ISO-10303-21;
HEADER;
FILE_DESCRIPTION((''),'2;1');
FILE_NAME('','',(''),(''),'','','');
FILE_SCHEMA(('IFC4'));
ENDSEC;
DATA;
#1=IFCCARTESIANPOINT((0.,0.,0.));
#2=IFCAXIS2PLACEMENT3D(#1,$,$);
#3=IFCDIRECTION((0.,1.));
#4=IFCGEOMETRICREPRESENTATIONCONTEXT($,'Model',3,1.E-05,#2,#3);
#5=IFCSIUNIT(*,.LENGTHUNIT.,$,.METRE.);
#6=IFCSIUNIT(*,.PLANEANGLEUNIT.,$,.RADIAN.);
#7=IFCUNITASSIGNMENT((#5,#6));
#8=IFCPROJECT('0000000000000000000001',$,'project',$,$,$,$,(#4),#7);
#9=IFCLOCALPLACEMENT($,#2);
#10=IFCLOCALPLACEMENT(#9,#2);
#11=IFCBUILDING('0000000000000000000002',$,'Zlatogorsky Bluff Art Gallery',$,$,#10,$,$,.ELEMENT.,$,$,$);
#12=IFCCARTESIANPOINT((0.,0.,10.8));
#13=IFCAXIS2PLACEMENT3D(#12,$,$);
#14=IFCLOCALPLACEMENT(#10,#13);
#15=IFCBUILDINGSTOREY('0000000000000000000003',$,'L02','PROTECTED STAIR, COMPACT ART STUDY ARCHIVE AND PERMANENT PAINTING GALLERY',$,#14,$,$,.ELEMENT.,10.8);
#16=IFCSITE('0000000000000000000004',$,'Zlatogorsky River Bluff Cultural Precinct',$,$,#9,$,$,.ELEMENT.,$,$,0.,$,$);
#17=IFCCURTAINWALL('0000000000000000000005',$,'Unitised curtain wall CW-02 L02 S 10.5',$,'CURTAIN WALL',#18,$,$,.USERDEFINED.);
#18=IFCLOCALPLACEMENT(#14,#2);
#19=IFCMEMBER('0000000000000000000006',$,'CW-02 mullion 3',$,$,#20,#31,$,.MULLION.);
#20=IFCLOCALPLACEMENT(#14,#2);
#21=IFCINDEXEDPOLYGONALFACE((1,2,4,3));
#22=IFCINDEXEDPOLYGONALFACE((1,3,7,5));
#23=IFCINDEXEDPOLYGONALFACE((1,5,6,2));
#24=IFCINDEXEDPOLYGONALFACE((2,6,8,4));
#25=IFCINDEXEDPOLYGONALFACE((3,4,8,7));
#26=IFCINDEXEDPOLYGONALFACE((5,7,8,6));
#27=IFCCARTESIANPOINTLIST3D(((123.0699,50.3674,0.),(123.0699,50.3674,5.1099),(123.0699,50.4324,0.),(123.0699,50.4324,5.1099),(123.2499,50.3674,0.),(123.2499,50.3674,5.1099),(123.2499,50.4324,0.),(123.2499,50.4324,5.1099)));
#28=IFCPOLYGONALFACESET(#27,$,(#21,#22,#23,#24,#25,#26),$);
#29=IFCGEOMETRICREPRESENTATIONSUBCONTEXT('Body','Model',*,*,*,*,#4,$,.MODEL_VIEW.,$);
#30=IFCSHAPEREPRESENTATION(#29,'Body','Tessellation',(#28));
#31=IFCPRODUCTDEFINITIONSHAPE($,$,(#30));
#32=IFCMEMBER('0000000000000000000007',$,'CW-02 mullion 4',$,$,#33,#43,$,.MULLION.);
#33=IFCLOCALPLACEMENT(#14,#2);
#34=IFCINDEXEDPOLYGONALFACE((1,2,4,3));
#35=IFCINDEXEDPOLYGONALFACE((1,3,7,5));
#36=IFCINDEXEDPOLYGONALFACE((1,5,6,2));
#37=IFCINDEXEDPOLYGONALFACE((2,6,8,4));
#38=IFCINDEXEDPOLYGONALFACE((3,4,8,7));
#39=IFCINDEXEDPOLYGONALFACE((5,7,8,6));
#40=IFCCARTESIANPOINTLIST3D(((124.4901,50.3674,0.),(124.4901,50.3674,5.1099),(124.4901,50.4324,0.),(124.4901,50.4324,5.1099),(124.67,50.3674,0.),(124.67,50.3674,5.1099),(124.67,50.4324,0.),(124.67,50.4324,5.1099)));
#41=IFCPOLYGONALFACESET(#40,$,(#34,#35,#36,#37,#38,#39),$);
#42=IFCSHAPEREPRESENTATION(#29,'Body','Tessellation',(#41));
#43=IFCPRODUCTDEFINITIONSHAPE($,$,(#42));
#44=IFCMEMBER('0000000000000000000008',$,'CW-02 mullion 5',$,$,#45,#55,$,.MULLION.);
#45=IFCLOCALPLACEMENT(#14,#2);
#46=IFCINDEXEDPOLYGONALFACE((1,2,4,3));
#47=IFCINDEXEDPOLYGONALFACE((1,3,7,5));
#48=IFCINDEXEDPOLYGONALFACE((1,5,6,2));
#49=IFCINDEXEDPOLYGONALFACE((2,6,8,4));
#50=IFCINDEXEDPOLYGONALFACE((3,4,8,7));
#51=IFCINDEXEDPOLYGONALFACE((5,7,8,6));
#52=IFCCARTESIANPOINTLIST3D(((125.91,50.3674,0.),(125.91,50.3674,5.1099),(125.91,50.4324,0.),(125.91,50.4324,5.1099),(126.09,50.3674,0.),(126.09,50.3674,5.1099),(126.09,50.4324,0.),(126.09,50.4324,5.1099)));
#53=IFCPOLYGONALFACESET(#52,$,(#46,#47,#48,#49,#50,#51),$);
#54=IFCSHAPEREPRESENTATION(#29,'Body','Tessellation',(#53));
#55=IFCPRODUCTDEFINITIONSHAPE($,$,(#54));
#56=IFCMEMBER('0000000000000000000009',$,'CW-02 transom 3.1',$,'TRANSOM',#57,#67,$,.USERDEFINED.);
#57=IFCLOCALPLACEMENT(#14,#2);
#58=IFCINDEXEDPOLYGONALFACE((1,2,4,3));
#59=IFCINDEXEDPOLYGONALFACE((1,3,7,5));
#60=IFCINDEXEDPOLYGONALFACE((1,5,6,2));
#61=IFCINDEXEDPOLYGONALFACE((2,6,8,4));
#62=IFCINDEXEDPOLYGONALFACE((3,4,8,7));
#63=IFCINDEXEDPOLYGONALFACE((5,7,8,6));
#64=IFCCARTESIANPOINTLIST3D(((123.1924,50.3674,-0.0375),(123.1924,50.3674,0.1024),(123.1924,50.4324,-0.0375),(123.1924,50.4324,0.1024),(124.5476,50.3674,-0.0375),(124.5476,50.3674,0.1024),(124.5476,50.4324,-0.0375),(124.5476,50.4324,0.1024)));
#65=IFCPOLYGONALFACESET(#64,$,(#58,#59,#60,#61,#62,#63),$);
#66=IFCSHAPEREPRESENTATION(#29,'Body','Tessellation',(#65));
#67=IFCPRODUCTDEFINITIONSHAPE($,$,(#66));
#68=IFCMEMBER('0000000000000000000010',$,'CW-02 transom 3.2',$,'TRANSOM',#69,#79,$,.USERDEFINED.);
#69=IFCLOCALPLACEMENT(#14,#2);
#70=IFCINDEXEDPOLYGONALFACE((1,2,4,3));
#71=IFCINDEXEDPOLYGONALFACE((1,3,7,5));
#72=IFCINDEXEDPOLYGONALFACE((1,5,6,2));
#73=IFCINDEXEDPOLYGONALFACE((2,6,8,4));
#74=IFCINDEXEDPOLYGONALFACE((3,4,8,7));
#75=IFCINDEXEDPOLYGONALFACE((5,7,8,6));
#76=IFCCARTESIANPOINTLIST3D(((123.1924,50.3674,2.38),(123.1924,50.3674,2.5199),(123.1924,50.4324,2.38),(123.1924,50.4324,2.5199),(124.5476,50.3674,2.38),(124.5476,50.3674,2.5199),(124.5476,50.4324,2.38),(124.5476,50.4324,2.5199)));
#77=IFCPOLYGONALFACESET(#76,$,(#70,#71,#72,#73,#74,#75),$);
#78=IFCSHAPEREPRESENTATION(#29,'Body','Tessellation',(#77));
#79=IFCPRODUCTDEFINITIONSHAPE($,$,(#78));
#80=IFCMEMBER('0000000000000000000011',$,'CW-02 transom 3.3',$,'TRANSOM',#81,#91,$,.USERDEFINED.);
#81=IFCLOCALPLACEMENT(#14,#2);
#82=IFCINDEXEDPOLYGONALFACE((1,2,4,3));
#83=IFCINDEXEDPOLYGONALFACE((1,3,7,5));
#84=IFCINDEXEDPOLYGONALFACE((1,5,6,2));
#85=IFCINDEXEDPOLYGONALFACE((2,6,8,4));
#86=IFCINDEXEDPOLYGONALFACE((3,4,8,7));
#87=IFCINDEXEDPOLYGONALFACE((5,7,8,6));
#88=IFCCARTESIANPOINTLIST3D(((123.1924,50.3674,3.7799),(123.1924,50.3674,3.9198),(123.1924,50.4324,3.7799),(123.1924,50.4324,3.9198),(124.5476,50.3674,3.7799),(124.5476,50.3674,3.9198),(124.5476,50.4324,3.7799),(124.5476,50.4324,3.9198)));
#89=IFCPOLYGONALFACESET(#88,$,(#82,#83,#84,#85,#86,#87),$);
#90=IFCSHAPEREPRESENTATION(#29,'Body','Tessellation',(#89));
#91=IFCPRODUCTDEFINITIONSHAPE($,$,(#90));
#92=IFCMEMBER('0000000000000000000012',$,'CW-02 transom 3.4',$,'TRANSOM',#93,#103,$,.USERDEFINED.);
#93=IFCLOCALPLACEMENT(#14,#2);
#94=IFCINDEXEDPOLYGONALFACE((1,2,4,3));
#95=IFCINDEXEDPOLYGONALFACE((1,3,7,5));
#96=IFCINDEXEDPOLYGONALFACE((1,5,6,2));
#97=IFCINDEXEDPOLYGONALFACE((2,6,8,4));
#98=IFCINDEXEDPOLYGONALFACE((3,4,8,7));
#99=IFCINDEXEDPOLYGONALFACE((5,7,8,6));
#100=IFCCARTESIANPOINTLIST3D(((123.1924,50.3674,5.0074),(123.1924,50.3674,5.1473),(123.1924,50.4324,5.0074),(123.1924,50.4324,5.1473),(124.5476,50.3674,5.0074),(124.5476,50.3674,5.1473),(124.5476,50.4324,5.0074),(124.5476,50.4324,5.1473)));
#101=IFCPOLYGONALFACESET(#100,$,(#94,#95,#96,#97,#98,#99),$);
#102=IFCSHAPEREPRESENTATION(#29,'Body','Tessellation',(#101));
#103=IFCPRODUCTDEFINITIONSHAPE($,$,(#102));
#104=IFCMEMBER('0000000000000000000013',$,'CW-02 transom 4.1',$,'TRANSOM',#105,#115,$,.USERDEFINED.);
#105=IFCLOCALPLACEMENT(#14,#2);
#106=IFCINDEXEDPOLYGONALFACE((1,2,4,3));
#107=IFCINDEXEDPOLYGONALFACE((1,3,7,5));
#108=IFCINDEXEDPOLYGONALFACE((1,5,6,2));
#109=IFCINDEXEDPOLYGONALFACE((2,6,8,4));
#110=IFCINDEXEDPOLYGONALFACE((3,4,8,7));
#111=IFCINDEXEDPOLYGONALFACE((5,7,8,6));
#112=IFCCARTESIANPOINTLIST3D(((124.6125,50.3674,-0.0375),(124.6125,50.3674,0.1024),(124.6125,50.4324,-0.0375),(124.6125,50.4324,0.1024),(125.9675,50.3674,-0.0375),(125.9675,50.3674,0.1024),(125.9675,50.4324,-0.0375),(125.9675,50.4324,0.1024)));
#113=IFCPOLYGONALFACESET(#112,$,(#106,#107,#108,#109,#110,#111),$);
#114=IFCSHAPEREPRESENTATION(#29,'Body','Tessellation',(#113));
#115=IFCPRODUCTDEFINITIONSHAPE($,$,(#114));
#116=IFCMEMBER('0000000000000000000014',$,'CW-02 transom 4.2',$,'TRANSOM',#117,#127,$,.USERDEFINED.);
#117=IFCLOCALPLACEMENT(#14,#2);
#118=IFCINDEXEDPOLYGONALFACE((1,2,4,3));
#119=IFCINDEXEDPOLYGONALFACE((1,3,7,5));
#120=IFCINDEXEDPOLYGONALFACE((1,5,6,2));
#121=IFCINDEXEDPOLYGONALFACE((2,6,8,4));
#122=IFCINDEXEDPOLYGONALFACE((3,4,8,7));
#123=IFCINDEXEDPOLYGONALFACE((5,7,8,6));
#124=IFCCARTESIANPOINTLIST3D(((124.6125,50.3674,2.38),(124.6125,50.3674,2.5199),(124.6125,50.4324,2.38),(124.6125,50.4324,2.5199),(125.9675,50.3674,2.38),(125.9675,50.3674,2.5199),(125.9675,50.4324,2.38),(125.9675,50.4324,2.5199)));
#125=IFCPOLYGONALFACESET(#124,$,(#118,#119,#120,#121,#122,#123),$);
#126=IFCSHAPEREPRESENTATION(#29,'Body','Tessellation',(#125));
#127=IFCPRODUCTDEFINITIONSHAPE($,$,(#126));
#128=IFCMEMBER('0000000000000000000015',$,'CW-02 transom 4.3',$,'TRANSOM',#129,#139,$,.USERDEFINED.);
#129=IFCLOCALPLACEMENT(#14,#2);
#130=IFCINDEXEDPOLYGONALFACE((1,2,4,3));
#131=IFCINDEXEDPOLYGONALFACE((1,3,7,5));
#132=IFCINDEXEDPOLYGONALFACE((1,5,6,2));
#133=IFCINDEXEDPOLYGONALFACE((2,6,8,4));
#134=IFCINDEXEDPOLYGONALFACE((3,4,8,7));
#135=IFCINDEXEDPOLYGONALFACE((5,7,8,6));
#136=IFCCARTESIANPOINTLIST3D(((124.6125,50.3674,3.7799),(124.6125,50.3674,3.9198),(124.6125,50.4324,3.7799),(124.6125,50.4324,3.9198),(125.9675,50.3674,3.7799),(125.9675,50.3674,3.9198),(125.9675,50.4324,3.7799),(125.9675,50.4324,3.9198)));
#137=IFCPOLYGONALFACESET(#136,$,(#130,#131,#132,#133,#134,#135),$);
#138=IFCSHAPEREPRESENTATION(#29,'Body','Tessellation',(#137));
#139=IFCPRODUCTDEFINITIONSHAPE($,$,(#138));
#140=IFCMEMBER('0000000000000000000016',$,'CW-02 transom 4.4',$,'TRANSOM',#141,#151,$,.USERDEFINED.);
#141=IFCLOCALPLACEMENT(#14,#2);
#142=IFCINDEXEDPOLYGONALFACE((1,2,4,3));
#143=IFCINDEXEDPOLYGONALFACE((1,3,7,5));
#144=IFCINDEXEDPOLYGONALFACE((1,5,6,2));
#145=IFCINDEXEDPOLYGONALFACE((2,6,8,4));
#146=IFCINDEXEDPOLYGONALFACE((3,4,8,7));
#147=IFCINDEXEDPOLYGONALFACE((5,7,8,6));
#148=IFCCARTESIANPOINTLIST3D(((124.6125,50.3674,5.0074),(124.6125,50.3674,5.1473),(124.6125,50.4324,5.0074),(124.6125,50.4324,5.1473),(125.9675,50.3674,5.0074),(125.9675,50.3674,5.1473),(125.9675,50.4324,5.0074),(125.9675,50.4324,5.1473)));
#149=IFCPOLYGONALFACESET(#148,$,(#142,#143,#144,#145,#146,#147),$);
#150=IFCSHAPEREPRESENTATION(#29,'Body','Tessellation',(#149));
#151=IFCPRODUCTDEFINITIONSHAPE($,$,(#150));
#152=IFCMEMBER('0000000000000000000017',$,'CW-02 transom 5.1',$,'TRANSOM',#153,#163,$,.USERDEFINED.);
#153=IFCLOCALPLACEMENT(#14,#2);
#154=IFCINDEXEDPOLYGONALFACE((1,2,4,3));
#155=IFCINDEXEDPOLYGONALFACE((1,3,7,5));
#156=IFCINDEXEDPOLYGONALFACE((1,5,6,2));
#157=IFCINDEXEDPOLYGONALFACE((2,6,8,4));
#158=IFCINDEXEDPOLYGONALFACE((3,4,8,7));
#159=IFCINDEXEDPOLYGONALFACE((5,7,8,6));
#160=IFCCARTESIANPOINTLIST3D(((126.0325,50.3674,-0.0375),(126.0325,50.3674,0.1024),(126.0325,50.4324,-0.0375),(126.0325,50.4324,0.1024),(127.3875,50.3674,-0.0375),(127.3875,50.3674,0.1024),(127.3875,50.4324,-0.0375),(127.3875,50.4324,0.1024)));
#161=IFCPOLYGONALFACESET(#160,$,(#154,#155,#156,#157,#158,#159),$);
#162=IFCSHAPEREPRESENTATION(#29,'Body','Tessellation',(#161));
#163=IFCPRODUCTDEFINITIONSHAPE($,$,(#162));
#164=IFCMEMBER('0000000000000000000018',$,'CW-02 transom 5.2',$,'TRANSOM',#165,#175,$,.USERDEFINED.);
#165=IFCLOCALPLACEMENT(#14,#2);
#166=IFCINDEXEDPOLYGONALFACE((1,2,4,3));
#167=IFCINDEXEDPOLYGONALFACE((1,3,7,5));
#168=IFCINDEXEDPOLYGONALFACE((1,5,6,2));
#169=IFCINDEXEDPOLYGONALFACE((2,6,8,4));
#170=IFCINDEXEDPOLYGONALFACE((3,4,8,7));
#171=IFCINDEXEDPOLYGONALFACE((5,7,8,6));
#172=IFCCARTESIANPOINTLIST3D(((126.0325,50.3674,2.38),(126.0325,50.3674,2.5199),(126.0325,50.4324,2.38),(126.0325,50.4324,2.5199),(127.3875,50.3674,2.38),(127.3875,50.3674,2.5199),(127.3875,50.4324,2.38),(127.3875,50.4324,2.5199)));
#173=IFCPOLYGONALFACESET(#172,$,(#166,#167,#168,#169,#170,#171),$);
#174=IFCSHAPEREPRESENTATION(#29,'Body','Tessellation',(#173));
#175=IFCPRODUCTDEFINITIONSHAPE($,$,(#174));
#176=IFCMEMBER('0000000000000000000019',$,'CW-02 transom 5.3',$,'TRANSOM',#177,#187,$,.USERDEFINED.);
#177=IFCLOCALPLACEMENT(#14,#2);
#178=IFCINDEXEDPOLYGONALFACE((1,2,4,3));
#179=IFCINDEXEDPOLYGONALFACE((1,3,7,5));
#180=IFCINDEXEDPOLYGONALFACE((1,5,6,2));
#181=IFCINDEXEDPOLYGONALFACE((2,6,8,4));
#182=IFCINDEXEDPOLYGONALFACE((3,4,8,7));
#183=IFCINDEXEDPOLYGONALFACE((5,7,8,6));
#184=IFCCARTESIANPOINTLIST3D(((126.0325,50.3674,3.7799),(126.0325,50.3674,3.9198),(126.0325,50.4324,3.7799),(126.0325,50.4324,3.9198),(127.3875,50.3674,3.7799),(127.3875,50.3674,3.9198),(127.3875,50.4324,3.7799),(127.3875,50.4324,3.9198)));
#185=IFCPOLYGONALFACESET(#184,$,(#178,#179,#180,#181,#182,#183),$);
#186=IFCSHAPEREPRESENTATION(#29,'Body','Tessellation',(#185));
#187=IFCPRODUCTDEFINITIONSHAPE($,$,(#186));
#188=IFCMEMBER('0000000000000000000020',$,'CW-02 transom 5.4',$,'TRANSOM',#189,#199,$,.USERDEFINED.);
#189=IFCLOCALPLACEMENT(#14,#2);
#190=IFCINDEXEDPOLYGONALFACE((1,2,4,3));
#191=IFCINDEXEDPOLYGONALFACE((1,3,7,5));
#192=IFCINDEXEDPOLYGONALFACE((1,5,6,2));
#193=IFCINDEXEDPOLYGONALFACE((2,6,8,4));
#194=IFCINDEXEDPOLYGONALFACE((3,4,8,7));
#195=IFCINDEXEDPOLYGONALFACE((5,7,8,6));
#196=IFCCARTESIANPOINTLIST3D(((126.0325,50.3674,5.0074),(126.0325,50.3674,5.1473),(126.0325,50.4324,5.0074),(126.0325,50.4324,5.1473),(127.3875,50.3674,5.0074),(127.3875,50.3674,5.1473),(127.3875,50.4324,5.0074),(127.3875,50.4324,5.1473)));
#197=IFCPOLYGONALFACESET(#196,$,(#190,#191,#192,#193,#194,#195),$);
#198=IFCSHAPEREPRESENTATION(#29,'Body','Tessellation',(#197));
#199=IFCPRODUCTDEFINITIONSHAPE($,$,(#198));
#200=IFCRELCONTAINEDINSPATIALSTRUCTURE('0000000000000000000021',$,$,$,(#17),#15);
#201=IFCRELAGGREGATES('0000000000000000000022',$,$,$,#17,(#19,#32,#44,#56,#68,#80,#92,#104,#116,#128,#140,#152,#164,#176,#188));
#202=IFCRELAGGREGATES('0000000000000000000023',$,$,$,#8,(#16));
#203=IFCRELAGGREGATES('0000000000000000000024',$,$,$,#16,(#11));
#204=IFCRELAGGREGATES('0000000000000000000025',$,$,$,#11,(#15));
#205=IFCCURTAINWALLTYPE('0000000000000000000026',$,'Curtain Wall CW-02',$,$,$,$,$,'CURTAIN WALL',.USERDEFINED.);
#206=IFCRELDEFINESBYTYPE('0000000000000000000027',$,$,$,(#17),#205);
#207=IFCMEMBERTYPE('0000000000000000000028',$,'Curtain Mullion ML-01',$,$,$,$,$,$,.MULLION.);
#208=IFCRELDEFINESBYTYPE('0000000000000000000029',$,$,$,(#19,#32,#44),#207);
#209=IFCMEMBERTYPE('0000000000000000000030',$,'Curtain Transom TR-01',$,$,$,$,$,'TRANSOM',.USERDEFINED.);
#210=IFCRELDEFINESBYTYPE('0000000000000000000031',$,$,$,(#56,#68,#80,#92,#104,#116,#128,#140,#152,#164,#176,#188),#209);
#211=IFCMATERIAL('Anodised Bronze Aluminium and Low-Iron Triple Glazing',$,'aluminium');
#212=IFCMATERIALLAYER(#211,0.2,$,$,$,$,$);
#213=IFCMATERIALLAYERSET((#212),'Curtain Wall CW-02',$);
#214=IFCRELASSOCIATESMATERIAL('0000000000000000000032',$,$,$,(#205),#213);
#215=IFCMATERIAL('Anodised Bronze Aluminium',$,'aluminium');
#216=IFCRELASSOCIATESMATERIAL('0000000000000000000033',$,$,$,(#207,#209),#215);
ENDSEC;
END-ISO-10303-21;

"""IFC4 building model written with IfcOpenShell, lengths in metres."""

from ifc_helpers import new_model, si_unit, direction, frame, origin, origin_2d, place, context, subcontext, project, spatial, rectangle, extrude, material, layer, layer_set, material_profile, profile_set, type_object, element, aggregate, save


model = new_model("IFC4")

# Units and contexts
model_context = context("Model", 3, precision=1e-05, world=origin(), true_north=direction((0.0, 1.0)))
body_context = subcontext(model_context, "Body", "Model", "MODEL_VIEW")
ifc_project = project(units=[si_unit("LENGTHUNIT", "METRE"), si_unit("PLANEANGLEUNIT", "RADIAN")], contexts=[model_context])

# Site, building, storey
site_placement = place(None, origin())
site = spatial("IfcSite", under=ifc_project, at=site_placement, Name="Zlatogorsky River Bluff Cultural Precinct", CompositionType="ELEMENT", RefElevation=0.0)
building_placement = place(site_placement, origin())
building = spatial("IfcBuilding", under=site, at=building_placement, Name="Zlatogorsky Bluff Art Gallery", CompositionType="ELEMENT")
storey_placement = place(building_placement, frame((0.0, 0.0, 10.8)))
storey = spatial("IfcBuildingStorey", under=building, at=storey_placement, Name="L02", Description="PROTECTED STAIR, COMPACT ART STUDY ARCHIVE AND PERMANENT PAINTING GALLERY", CompositionType="ELEMENT", Elevation=10.8)

# Curtain wall, members
ifc_material_1 = material(Name="Anodised Bronze Aluminium and Low-Iron Triple Glazing", Category="aluminium")
ifc_layer_1 = layer(ifc_material_1, 0.2)
ifc_layer_set_1 = layer_set([ifc_layer_1], Name="Curtain Wall CW-02")
curtain_wall_type = type_object("IfcCurtainWallType", Name="Curtain Wall CW-02", ElementType="CURTAIN WALL", PredefinedType="USERDEFINED", material=ifc_layer_set_1)
curtain_wall_placement = place(storey_placement, origin())
curtain_wall = element("IfcCurtainWall", 1, at=curtain_wall_placement, inside=storey, type_object=curtain_wall_type, Name="Unitised curtain wall CW-02 L02 S 10.5", ObjectType="CURTAIN WALL", PredefinedType="USERDEFINED")
ifc_material_2 = material(Name="Anodised Bronze Aluminium", Category="aluminium")
ifc_material_profile_1 = material_profile(ifc_material_2, rectangle(XDim=0.0649, YDim=0.1799, at=origin_2d()), Name="ALU MULLION 65x180")
ifc_profile_set_1 = profile_set([ifc_material_profile_1], Name="Anodised Bronze Aluminium")
member_type_1 = type_object("IfcMemberType", Name="Curtain Mullion ML-01", PredefinedType="MULLION", material=ifc_profile_set_1)
member_1_placement = place(storey_placement, frame((123.1599, 50.3999, 0.0), z_axis=(0.0, 0.0, 1.0), x_axis=(0.0, 1.0, 0.0)))
member_1 = element("IfcMember", 2, at=member_1_placement, type_object=member_type_1, Name="CW-02 mullion 3", PredefinedType="MULLION", context=body_context, shape_type="SweptSolid", body=[
    extrude(rectangle(XDim=0.0649, YDim=0.1799, at=origin_2d()), origin(), (0.0, 0.0, 1.0), 5.1099),
])
member_2_placement = place(storey_placement, frame((124.5801, 50.3999, 0.0), z_axis=(0.0, 0.0, 1.0), x_axis=(0.0, 1.0, 0.0)))
member_2 = element("IfcMember", 3, at=member_2_placement, type_object=member_type_1, Name="CW-02 mullion 4", PredefinedType="MULLION", context=body_context, shape_type="SweptSolid", body=[
    extrude(rectangle(XDim=0.0649, YDim=0.1799, at=origin_2d()), origin(), (0.0, 0.0, 1.0), 5.1099),
])
member_3_placement = place(storey_placement, frame((126.0, 50.3999, 0.0), z_axis=(0.0, 0.0, 1.0), x_axis=(0.0, 1.0, 0.0)))
member_3 = element("IfcMember", 4, at=member_3_placement, type_object=member_type_1, Name="CW-02 mullion 5", PredefinedType="MULLION", context=body_context, shape_type="SweptSolid", body=[
    extrude(rectangle(XDim=0.0649, YDim=0.1799, at=origin_2d()), origin(), (0.0, 0.0, 1.0), 5.1099),
])
ifc_material_profile_2 = material_profile(ifc_material_2, rectangle(XDim=0.0649, YDim=0.1399, at=origin_2d()), Name="ALU TRANSOM 65x140")
ifc_profile_set_2 = profile_set([ifc_material_profile_2], Name="Anodised Bronze Aluminium")
member_type_2 = type_object("IfcMemberType", Name="Curtain Transom TR-01", ElementType="TRANSOM", PredefinedType="USERDEFINED", material=ifc_profile_set_2)
member_4_placement = place(storey_placement, frame((123.1924, 50.3999, 0.0325), z_axis=(1.0, 0.0, 0.0), x_axis=(0.0, 1.0, 0.0)))
member_4 = element("IfcMember", 5, at=member_4_placement, type_object=member_type_2, Name="CW-02 transom 3.1", ObjectType="TRANSOM", PredefinedType="USERDEFINED", context=body_context, shape_type="SweptSolid", body=[
    extrude(rectangle(XDim=0.0649, YDim=0.1399, at=origin_2d()), origin(), (0.0, 0.0, 1.0), 1.3552),
])
member_5_placement = place(storey_placement, frame((123.1924, 50.3999, 2.45), z_axis=(1.0, 0.0, 0.0), x_axis=(0.0, 1.0, 0.0)))
member_5 = element("IfcMember", 6, at=member_5_placement, type_object=member_type_2, Name="CW-02 transom 3.2", ObjectType="TRANSOM", PredefinedType="USERDEFINED", context=body_context, shape_type="SweptSolid", body=[
    extrude(rectangle(XDim=0.0649, YDim=0.1399, at=origin_2d()), origin(), (0.0, 0.0, 1.0), 1.3552),
])
member_6_placement = place(storey_placement, frame((123.1924, 50.3999, 3.8499), z_axis=(1.0, 0.0, 0.0), x_axis=(0.0, 1.0, 0.0)))
member_6 = element("IfcMember", 7, at=member_6_placement, type_object=member_type_2, Name="CW-02 transom 3.3", ObjectType="TRANSOM", PredefinedType="USERDEFINED", context=body_context, shape_type="SweptSolid", body=[
    extrude(rectangle(XDim=0.0649, YDim=0.1399, at=origin_2d()), origin(), (0.0, 0.0, 1.0), 1.3552),
])
member_7_placement = place(storey_placement, frame((123.1924, 50.3999, 5.0774), z_axis=(1.0, 0.0, 0.0), x_axis=(0.0, 1.0, 0.0)))
member_7 = element("IfcMember", 8, at=member_7_placement, type_object=member_type_2, Name="CW-02 transom 3.4", ObjectType="TRANSOM", PredefinedType="USERDEFINED", context=body_context, shape_type="SweptSolid", body=[
    extrude(rectangle(XDim=0.0649, YDim=0.1399, at=origin_2d()), origin(), (0.0, 0.0, 1.0), 1.3552),
])
member_8_placement = place(storey_placement, frame((124.6125, 50.3999, 0.0325), z_axis=(1.0, 0.0, 0.0), x_axis=(0.0, 1.0, 0.0)))
member_8 = element("IfcMember", 9, at=member_8_placement, type_object=member_type_2, Name="CW-02 transom 4.1", ObjectType="TRANSOM", PredefinedType="USERDEFINED", context=body_context, shape_type="SweptSolid", body=[
    extrude(rectangle(XDim=0.0649, YDim=0.1399, at=origin_2d()), origin(), (0.0, 0.0, 1.0), 1.355),
])
member_9_placement = place(storey_placement, frame((124.6125, 50.3999, 2.45), z_axis=(1.0, 0.0, 0.0), x_axis=(0.0, 1.0, 0.0)))
member_9 = element("IfcMember", 10, at=member_9_placement, type_object=member_type_2, Name="CW-02 transom 4.2", ObjectType="TRANSOM", PredefinedType="USERDEFINED", context=body_context, shape_type="SweptSolid", body=[
    extrude(rectangle(XDim=0.0649, YDim=0.1399, at=origin_2d()), origin(), (0.0, 0.0, 1.0), 1.355),
])
member_10_placement = place(storey_placement, frame((124.6125, 50.3999, 3.8499), z_axis=(1.0, 0.0, 0.0), x_axis=(0.0, 1.0, 0.0)))
member_10 = element("IfcMember", 11, at=member_10_placement, type_object=member_type_2, Name="CW-02 transom 4.3", ObjectType="TRANSOM", PredefinedType="USERDEFINED", context=body_context, shape_type="SweptSolid", body=[
    extrude(rectangle(XDim=0.0649, YDim=0.1399, at=origin_2d()), origin(), (0.0, 0.0, 1.0), 1.355),
])
member_11_placement = place(storey_placement, frame((124.6125, 50.3999, 5.0774), z_axis=(1.0, 0.0, 0.0), x_axis=(0.0, 1.0, 0.0)))
member_11 = element("IfcMember", 12, at=member_11_placement, type_object=member_type_2, Name="CW-02 transom 4.4", ObjectType="TRANSOM", PredefinedType="USERDEFINED", context=body_context, shape_type="SweptSolid", body=[
    extrude(rectangle(XDim=0.0649, YDim=0.1399, at=origin_2d()), origin(), (0.0, 0.0, 1.0), 1.355),
])
member_12_placement = place(storey_placement, frame((126.0325, 50.3999, 0.0325), z_axis=(1.0, 0.0, 0.0), x_axis=(0.0, 1.0, 0.0)))
member_12 = element("IfcMember", 13, at=member_12_placement, type_object=member_type_2, Name="CW-02 transom 5.1", ObjectType="TRANSOM", PredefinedType="USERDEFINED", context=body_context, shape_type="SweptSolid", body=[
    extrude(rectangle(XDim=0.0649, YDim=0.1399, at=origin_2d()), origin(), (0.0, 0.0, 1.0), 1.355),
])
member_13_placement = place(storey_placement, frame((126.0325, 50.3999, 2.45), z_axis=(1.0, 0.0, 0.0), x_axis=(0.0, 1.0, 0.0)))
member_13 = element("IfcMember", 14, at=member_13_placement, type_object=member_type_2, Name="CW-02 transom 5.2", ObjectType="TRANSOM", PredefinedType="USERDEFINED", context=body_context, shape_type="SweptSolid", body=[
    extrude(rectangle(XDim=0.0649, YDim=0.1399, at=origin_2d()), origin(), (0.0, 0.0, 1.0), 1.355),
])
member_14_placement = place(storey_placement, frame((126.0325, 50.3999, 3.8499), z_axis=(1.0, 0.0, 0.0), x_axis=(0.0, 1.0, 0.0)))
member_14 = element("IfcMember", 15, at=member_14_placement, type_object=member_type_2, Name="CW-02 transom 5.3", ObjectType="TRANSOM", PredefinedType="USERDEFINED", context=body_context, shape_type="SweptSolid", body=[
    extrude(rectangle(XDim=0.0649, YDim=0.1399, at=origin_2d()), origin(), (0.0, 0.0, 1.0), 1.355),
])
member_15_placement = place(storey_placement, frame((126.0325, 50.3999, 5.0774), z_axis=(1.0, 0.0, 0.0), x_axis=(0.0, 1.0, 0.0)))
member_15 = element("IfcMember", 16, at=member_15_placement, type_object=member_type_2, Name="CW-02 transom 5.4", ObjectType="TRANSOM", PredefinedType="USERDEFINED", context=body_context, shape_type="SweptSolid", body=[
    extrude(rectangle(XDim=0.0649, YDim=0.1399, at=origin_2d()), origin(), (0.0, 0.0, 1.0), 1.355),
])
aggregate(curtain_wall, [member_1, member_2, member_3, member_4, member_5, member_6, member_7, member_8, member_9, member_10, member_11, member_12, member_13, member_14, member_15])

save(model, "model.ifc")
